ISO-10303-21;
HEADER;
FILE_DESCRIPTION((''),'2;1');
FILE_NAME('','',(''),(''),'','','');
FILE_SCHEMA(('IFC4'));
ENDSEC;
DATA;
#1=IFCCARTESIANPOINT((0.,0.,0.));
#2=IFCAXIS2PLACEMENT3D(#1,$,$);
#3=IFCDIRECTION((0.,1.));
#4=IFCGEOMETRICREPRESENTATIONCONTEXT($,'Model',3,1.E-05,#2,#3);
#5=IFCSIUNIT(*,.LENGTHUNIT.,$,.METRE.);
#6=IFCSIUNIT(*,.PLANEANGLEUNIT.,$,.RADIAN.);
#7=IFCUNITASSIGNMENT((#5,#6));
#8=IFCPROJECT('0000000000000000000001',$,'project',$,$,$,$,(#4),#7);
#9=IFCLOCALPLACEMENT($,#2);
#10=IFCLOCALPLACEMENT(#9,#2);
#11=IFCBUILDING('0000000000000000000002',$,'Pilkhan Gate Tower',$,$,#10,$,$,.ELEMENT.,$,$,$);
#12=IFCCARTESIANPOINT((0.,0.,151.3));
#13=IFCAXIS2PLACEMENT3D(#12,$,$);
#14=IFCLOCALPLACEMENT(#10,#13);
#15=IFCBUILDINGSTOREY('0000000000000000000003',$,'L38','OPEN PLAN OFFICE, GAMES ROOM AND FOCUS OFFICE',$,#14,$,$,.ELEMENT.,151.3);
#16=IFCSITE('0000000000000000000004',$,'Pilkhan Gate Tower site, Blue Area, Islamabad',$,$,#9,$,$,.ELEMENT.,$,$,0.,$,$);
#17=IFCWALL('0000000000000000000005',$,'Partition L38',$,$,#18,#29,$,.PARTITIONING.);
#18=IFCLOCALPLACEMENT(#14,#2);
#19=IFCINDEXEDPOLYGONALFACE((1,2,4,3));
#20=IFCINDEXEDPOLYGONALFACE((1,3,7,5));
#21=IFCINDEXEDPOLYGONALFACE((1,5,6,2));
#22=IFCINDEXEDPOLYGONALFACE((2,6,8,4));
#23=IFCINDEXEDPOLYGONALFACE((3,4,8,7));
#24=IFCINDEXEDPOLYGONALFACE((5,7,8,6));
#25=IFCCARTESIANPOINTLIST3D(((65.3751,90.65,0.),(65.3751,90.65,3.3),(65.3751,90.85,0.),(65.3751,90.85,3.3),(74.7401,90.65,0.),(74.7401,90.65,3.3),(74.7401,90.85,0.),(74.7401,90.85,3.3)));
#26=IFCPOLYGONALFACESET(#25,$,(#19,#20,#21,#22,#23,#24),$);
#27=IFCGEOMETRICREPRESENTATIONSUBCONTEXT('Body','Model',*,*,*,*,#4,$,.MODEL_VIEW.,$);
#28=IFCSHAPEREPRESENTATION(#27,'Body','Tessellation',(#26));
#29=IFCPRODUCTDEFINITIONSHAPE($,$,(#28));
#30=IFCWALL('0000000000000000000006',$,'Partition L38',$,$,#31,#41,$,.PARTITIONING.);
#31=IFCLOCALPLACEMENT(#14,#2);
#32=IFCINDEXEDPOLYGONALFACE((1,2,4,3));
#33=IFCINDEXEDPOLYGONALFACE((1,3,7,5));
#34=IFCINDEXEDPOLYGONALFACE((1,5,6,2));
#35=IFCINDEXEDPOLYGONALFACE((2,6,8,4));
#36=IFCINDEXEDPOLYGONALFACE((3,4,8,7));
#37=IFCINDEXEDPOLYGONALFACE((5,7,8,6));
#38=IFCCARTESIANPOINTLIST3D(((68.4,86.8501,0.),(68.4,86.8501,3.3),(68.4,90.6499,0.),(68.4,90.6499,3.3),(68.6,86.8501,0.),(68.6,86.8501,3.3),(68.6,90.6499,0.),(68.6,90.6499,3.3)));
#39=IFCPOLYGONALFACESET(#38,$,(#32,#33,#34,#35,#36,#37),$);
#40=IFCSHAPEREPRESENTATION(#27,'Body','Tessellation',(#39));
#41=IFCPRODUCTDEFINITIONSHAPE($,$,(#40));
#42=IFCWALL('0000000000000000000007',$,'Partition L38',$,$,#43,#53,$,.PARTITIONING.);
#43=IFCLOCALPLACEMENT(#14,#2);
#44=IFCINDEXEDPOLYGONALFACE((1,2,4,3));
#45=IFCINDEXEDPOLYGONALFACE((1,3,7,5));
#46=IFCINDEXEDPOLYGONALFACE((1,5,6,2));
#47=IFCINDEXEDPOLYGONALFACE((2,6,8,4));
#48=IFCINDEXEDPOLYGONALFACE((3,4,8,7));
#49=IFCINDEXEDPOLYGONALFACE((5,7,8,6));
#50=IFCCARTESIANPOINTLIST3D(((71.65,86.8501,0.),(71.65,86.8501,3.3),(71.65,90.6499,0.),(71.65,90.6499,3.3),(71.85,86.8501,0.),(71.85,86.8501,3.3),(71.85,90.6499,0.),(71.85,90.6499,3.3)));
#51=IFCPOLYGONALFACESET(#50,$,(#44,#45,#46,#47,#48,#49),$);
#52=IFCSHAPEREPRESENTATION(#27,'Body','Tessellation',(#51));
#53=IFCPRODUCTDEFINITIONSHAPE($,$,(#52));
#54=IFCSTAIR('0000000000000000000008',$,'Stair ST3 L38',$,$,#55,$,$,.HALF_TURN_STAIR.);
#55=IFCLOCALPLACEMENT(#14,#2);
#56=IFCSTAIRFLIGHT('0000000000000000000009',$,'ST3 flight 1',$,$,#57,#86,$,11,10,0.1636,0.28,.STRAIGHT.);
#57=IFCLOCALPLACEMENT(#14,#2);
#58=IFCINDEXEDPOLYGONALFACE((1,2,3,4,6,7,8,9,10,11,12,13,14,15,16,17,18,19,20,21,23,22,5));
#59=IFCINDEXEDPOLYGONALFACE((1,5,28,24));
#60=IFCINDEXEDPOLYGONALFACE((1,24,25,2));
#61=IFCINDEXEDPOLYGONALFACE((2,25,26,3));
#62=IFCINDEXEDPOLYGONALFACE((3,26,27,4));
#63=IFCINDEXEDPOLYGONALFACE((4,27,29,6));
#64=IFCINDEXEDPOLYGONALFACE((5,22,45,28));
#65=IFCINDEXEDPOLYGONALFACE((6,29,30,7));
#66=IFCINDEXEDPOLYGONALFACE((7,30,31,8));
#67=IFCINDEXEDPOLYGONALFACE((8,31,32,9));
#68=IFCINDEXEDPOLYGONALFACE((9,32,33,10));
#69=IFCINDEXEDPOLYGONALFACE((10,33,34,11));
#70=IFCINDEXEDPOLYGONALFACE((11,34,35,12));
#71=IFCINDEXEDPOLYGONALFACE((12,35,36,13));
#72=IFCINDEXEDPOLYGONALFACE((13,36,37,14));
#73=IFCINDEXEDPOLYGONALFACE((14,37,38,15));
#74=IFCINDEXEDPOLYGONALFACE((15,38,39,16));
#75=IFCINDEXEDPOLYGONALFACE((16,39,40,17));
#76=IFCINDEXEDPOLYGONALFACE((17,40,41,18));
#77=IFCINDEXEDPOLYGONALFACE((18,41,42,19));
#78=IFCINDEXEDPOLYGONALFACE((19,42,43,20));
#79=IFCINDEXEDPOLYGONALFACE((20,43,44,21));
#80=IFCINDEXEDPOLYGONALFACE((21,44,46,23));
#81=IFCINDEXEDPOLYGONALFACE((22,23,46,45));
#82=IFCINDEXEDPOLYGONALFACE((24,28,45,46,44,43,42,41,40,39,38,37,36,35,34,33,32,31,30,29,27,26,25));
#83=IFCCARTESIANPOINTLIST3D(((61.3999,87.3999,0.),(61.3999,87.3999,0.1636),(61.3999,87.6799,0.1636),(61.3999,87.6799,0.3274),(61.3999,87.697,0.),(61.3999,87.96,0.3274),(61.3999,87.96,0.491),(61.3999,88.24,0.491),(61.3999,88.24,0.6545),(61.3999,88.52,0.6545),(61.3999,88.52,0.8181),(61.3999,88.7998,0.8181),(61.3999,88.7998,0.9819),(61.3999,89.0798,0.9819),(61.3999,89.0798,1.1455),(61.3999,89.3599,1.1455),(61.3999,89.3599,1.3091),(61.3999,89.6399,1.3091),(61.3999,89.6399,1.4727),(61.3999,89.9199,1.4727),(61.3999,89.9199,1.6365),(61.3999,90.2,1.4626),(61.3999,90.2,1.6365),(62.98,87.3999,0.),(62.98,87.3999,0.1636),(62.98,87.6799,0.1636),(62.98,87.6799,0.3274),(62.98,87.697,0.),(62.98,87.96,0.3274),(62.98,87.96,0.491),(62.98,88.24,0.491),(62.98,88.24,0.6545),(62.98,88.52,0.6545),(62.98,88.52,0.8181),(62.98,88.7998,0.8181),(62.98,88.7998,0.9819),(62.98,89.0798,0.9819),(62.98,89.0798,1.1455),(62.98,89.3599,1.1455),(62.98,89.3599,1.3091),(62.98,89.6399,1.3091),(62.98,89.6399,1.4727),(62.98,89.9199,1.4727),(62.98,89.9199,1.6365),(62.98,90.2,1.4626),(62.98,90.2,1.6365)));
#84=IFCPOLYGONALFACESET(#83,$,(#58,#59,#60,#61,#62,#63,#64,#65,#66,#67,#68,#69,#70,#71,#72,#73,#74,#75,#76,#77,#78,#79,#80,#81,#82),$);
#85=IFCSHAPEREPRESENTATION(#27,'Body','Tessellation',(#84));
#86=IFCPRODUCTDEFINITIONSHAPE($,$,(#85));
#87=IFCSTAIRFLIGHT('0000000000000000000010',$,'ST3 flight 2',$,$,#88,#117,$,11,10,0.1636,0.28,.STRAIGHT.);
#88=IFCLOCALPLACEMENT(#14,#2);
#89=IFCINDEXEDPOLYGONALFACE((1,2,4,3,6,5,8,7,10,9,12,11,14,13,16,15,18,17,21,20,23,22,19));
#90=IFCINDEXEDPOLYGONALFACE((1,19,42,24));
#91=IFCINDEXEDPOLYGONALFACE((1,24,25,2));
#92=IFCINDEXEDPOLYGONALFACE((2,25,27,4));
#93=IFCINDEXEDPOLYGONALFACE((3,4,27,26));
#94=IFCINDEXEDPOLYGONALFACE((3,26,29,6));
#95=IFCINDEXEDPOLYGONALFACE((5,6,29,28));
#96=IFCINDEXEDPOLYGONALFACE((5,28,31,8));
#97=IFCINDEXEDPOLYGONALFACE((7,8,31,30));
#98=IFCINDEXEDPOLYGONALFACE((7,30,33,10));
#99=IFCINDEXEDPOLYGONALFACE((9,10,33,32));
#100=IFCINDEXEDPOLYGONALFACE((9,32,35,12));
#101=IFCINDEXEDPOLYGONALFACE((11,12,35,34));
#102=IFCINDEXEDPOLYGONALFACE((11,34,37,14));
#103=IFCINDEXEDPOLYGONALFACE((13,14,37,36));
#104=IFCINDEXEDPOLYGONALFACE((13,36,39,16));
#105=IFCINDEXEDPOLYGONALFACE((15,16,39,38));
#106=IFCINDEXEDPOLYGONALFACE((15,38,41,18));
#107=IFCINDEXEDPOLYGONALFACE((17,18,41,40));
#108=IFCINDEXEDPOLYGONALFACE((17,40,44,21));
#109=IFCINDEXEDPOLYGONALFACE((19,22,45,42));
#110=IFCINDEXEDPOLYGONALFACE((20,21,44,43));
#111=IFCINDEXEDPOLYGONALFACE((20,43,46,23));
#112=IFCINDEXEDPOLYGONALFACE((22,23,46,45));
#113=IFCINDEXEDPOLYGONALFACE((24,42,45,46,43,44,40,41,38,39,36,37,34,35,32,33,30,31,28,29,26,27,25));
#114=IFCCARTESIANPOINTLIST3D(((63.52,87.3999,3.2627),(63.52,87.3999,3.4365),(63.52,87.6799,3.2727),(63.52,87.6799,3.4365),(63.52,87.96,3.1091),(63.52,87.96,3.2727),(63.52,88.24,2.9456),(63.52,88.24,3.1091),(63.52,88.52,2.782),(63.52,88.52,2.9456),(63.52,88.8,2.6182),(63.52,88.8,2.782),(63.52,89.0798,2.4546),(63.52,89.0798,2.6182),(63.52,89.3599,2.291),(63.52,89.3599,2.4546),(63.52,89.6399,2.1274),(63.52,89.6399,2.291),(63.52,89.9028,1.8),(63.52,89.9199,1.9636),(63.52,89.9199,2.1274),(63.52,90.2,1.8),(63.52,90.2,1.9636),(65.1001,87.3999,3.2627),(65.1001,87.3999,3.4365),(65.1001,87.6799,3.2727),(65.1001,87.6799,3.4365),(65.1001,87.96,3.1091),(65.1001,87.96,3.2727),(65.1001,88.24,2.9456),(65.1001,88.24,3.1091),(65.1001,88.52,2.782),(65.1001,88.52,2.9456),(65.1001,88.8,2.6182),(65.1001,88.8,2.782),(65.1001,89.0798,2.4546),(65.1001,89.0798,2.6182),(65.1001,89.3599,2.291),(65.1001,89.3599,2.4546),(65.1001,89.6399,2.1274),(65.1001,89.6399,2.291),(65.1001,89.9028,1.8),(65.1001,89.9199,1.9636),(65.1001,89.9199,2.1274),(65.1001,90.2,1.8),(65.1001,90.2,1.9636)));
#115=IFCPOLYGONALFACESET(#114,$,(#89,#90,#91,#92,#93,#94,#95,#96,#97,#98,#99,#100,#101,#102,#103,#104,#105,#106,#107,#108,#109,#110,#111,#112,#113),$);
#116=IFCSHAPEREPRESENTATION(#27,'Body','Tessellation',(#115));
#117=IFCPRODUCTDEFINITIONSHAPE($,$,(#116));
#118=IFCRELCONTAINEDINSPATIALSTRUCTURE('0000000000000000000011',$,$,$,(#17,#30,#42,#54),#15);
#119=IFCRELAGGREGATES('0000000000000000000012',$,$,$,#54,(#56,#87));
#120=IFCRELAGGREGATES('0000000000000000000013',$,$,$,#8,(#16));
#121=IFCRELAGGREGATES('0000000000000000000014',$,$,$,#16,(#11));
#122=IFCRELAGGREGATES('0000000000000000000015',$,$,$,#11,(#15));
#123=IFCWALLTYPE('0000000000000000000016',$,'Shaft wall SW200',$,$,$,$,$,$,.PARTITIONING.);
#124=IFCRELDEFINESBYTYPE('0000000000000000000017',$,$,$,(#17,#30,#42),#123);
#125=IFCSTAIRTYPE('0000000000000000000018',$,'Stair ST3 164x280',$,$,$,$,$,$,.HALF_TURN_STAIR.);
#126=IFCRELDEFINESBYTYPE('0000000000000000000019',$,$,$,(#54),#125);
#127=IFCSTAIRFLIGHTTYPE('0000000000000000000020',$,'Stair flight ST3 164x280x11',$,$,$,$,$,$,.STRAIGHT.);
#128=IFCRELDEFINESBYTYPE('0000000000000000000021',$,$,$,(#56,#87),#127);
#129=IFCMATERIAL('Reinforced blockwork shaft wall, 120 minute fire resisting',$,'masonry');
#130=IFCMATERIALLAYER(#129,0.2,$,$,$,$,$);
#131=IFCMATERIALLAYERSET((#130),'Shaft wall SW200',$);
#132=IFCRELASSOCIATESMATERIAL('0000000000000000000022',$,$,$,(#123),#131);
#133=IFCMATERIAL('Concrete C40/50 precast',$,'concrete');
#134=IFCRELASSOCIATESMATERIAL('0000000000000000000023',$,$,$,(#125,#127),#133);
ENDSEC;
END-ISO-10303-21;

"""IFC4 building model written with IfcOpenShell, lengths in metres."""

from ifc_helpers import new_model, si_unit, direction, frame, frame_2d, origin, place, context, subcontext, project, spatial, polyline, rectangle, outline, extrude, material, layer, layer_set, type_object, element, aggregate, save


model = new_model("IFC4")

# Units and contexts
model_context = context("Model", 3, precision=1e-05, world=origin(), true_north=direction((0.0, 1.0)))
body_context = subcontext(model_context, "Body", "Model", "MODEL_VIEW")
ifc_project = project(units=[si_unit("LENGTHUNIT", "METRE"), si_unit("PLANEANGLEUNIT", "RADIAN")], contexts=[model_context])

# Site, building, storey
site_placement = place(None, origin())
site = spatial("IfcSite", under=ifc_project, at=site_placement, Name="Pilkhan Gate Tower site, Blue Area, Islamabad", CompositionType="ELEMENT", RefElevation=0.0)
building_placement = place(site_placement, origin())
building = spatial("IfcBuilding", under=site, at=building_placement, Name="Pilkhan Gate Tower", CompositionType="ELEMENT")
storey_placement = place(building_placement, frame((0.0, 0.0, 151.3)))
storey = spatial("IfcBuildingStorey", under=building, at=storey_placement, Name="L38", Description="OPEN PLAN OFFICE, GAMES ROOM AND FOCUS OFFICE", CompositionType="ELEMENT", Elevation=151.3)

# Walls
ifc_material_1 = material(Name="Reinforced blockwork shaft wall, 120 minute fire resisting", Category="masonry")
ifc_layer_1 = layer(ifc_material_1, 0.2)
ifc_layer_set_1 = layer_set([ifc_layer_1], Name="Shaft wall SW200")
wall_type_1 = type_object("IfcWallType", Name="Shaft wall SW200", PredefinedType="PARTITIONING", material=ifc_layer_set_1)
wall_1_placement = place(storey_placement, frame((65.375, 90.75, 0.0), z_axis=(0.0, 0.0, 1.0), x_axis=(1.0, 0.0, 0.0)))
element("IfcWall", 1, at=wall_1_placement, inside=storey, type_object=wall_type_1, Name="Partition L38", PredefinedType="PARTITIONING", context=body_context, shape_type="SweptSolid", body=[
    extrude(rectangle(XDim=9.365, YDim=0.2, at=frame_2d((4.6826, 0.0))), origin(), (0.0, 0.0, 1.0), 3.3),
])
for number, where, z_axis, x_axis, name in (
    (2, (68.5, 86.8501, 0.0), (0.0, 0.0, 1.0), (0.0, 1.0, 0.0), "Partition L38"),
    (3, (71.75, 86.8501, 0.0), (0.0, 0.0, 1.0), (0.0, 1.0, 0.0), "Partition L38"),
):
    element("IfcWall", number, at=place(storey_placement, frame(where, z_axis=z_axis, x_axis=x_axis)), inside=storey, type_object=wall_type_1, Name=name, PredefinedType="PARTITIONING", context=body_context, shape_type="SweptSolid", body=[
        extrude(rectangle(XDim=3.7998, YDim=0.2, at=frame_2d((1.8999, 0.0))), origin(), (0.0, 0.0, 1.0), 3.3),
    ])

# Stair, stair flights
ifc_material_2 = material(Name="Concrete C40/50 precast", Category="concrete")
stair_type = type_object("IfcStairType", Name="Stair ST3 164x280", PredefinedType="HALF_TURN_STAIR", material=ifc_material_2)
stair_placement = place(storey_placement, origin())
stair = element("IfcStair", 4, at=stair_placement, inside=storey, type_object=stair_type, Name="Stair ST3 L38", PredefinedType="HALF_TURN_STAIR")
stair_flight_type = type_object("IfcStairFlightType", Name="Stair flight ST3 164x280x11", PredefinedType="STRAIGHT", material=ifc_material_2)
stair_flight_1_placement = place(storey_placement, frame((62.1899, 87.3999, 0.0), z_axis=(0.0, 0.0, 1.0), x_axis=(0.0, 1.0, 0.0)))
stair_flight_1 = element("IfcStairFlight", 5, at=stair_flight_1_placement, type_object=stair_flight_type, Name="ST3 flight 1", NumberOfRisers=11, NumberOfTreads=10, PredefinedType="STRAIGHT", RiserHeight=0.1636, TreadLength=0.28, context=body_context, shape_type="SweptSolid", body=[
    extrude(outline(polyline([(0.0, 0.0), (0.0, 0.1636), (0.28, 0.1636), (0.28, 0.3274), (0.5601, 0.3274), (0.5601, 0.491), (0.8401, 0.491), (0.8401, 0.6545), (1.1201, 0.6545), (1.1201, 0.8181), (1.3999, 0.8181), (1.3999, 0.9819), (1.6799, 0.9819), (1.6799, 1.1455), (1.96, 1.1455), (1.96, 1.3091), (2.24, 1.3091), (2.24, 1.4727), (2.52, 1.4727), (2.52, 1.6365), (2.8, 1.6365), (2.8, 1.8), (2.8, 1.4626), (0.2971, 0.0), (0.0, 0.0)])), frame((0.0, 0.79, 0.0), z_axis=(0.0, -1.0, 0.0), x_axis=(1.0, 0.0, 0.0)), (0.0, 0.0, 1.0), 1.5801),
])
stair_flight_2_placement = place(storey_placement, frame((64.3101, 90.2, 1.8), z_axis=(0.0, 0.0, 1.0), x_axis=(0.0, -1.0, 0.0)))
stair_flight_2 = element("IfcStairFlight", 6, at=stair_flight_2_placement, type_object=stair_flight_type, Name="ST3 flight 2", NumberOfRisers=11, NumberOfTreads=10, PredefinedType="STRAIGHT", RiserHeight=0.1636, TreadLength=0.28, context=body_context, shape_type="SweptSolid", body=[
    extrude(outline(polyline([(0.0, 0.0), (0.0, 0.1636), (0.28, 0.1636), (0.28, 0.3274), (0.5601, 0.3274), (0.5601, 0.491), (0.8401, 0.491), (0.8401, 0.6545), (1.1201, 0.6545), (1.1201, 0.8181), (1.3999, 0.8181), (1.3999, 0.9819), (1.6799, 0.9819), (1.6799, 1.1455), (1.96, 1.1455), (1.96, 1.3091), (2.24, 1.3091), (2.24, 1.4727), (2.52, 1.4727), (2.52, 1.6365), (2.8, 1.6365), (2.8, 1.8), (2.8, 1.4626), (0.2971, 0.0), (0.0, 0.0)])), frame((0.0, 0.79, 0.0), z_axis=(0.0, -1.0, 0.0), x_axis=(1.0, 0.0, 0.0)), (0.0, 0.0, 1.0), 1.5801),
])
aggregate(stair, [stair_flight_1, stair_flight_2])

save(model, "model.ifc")
